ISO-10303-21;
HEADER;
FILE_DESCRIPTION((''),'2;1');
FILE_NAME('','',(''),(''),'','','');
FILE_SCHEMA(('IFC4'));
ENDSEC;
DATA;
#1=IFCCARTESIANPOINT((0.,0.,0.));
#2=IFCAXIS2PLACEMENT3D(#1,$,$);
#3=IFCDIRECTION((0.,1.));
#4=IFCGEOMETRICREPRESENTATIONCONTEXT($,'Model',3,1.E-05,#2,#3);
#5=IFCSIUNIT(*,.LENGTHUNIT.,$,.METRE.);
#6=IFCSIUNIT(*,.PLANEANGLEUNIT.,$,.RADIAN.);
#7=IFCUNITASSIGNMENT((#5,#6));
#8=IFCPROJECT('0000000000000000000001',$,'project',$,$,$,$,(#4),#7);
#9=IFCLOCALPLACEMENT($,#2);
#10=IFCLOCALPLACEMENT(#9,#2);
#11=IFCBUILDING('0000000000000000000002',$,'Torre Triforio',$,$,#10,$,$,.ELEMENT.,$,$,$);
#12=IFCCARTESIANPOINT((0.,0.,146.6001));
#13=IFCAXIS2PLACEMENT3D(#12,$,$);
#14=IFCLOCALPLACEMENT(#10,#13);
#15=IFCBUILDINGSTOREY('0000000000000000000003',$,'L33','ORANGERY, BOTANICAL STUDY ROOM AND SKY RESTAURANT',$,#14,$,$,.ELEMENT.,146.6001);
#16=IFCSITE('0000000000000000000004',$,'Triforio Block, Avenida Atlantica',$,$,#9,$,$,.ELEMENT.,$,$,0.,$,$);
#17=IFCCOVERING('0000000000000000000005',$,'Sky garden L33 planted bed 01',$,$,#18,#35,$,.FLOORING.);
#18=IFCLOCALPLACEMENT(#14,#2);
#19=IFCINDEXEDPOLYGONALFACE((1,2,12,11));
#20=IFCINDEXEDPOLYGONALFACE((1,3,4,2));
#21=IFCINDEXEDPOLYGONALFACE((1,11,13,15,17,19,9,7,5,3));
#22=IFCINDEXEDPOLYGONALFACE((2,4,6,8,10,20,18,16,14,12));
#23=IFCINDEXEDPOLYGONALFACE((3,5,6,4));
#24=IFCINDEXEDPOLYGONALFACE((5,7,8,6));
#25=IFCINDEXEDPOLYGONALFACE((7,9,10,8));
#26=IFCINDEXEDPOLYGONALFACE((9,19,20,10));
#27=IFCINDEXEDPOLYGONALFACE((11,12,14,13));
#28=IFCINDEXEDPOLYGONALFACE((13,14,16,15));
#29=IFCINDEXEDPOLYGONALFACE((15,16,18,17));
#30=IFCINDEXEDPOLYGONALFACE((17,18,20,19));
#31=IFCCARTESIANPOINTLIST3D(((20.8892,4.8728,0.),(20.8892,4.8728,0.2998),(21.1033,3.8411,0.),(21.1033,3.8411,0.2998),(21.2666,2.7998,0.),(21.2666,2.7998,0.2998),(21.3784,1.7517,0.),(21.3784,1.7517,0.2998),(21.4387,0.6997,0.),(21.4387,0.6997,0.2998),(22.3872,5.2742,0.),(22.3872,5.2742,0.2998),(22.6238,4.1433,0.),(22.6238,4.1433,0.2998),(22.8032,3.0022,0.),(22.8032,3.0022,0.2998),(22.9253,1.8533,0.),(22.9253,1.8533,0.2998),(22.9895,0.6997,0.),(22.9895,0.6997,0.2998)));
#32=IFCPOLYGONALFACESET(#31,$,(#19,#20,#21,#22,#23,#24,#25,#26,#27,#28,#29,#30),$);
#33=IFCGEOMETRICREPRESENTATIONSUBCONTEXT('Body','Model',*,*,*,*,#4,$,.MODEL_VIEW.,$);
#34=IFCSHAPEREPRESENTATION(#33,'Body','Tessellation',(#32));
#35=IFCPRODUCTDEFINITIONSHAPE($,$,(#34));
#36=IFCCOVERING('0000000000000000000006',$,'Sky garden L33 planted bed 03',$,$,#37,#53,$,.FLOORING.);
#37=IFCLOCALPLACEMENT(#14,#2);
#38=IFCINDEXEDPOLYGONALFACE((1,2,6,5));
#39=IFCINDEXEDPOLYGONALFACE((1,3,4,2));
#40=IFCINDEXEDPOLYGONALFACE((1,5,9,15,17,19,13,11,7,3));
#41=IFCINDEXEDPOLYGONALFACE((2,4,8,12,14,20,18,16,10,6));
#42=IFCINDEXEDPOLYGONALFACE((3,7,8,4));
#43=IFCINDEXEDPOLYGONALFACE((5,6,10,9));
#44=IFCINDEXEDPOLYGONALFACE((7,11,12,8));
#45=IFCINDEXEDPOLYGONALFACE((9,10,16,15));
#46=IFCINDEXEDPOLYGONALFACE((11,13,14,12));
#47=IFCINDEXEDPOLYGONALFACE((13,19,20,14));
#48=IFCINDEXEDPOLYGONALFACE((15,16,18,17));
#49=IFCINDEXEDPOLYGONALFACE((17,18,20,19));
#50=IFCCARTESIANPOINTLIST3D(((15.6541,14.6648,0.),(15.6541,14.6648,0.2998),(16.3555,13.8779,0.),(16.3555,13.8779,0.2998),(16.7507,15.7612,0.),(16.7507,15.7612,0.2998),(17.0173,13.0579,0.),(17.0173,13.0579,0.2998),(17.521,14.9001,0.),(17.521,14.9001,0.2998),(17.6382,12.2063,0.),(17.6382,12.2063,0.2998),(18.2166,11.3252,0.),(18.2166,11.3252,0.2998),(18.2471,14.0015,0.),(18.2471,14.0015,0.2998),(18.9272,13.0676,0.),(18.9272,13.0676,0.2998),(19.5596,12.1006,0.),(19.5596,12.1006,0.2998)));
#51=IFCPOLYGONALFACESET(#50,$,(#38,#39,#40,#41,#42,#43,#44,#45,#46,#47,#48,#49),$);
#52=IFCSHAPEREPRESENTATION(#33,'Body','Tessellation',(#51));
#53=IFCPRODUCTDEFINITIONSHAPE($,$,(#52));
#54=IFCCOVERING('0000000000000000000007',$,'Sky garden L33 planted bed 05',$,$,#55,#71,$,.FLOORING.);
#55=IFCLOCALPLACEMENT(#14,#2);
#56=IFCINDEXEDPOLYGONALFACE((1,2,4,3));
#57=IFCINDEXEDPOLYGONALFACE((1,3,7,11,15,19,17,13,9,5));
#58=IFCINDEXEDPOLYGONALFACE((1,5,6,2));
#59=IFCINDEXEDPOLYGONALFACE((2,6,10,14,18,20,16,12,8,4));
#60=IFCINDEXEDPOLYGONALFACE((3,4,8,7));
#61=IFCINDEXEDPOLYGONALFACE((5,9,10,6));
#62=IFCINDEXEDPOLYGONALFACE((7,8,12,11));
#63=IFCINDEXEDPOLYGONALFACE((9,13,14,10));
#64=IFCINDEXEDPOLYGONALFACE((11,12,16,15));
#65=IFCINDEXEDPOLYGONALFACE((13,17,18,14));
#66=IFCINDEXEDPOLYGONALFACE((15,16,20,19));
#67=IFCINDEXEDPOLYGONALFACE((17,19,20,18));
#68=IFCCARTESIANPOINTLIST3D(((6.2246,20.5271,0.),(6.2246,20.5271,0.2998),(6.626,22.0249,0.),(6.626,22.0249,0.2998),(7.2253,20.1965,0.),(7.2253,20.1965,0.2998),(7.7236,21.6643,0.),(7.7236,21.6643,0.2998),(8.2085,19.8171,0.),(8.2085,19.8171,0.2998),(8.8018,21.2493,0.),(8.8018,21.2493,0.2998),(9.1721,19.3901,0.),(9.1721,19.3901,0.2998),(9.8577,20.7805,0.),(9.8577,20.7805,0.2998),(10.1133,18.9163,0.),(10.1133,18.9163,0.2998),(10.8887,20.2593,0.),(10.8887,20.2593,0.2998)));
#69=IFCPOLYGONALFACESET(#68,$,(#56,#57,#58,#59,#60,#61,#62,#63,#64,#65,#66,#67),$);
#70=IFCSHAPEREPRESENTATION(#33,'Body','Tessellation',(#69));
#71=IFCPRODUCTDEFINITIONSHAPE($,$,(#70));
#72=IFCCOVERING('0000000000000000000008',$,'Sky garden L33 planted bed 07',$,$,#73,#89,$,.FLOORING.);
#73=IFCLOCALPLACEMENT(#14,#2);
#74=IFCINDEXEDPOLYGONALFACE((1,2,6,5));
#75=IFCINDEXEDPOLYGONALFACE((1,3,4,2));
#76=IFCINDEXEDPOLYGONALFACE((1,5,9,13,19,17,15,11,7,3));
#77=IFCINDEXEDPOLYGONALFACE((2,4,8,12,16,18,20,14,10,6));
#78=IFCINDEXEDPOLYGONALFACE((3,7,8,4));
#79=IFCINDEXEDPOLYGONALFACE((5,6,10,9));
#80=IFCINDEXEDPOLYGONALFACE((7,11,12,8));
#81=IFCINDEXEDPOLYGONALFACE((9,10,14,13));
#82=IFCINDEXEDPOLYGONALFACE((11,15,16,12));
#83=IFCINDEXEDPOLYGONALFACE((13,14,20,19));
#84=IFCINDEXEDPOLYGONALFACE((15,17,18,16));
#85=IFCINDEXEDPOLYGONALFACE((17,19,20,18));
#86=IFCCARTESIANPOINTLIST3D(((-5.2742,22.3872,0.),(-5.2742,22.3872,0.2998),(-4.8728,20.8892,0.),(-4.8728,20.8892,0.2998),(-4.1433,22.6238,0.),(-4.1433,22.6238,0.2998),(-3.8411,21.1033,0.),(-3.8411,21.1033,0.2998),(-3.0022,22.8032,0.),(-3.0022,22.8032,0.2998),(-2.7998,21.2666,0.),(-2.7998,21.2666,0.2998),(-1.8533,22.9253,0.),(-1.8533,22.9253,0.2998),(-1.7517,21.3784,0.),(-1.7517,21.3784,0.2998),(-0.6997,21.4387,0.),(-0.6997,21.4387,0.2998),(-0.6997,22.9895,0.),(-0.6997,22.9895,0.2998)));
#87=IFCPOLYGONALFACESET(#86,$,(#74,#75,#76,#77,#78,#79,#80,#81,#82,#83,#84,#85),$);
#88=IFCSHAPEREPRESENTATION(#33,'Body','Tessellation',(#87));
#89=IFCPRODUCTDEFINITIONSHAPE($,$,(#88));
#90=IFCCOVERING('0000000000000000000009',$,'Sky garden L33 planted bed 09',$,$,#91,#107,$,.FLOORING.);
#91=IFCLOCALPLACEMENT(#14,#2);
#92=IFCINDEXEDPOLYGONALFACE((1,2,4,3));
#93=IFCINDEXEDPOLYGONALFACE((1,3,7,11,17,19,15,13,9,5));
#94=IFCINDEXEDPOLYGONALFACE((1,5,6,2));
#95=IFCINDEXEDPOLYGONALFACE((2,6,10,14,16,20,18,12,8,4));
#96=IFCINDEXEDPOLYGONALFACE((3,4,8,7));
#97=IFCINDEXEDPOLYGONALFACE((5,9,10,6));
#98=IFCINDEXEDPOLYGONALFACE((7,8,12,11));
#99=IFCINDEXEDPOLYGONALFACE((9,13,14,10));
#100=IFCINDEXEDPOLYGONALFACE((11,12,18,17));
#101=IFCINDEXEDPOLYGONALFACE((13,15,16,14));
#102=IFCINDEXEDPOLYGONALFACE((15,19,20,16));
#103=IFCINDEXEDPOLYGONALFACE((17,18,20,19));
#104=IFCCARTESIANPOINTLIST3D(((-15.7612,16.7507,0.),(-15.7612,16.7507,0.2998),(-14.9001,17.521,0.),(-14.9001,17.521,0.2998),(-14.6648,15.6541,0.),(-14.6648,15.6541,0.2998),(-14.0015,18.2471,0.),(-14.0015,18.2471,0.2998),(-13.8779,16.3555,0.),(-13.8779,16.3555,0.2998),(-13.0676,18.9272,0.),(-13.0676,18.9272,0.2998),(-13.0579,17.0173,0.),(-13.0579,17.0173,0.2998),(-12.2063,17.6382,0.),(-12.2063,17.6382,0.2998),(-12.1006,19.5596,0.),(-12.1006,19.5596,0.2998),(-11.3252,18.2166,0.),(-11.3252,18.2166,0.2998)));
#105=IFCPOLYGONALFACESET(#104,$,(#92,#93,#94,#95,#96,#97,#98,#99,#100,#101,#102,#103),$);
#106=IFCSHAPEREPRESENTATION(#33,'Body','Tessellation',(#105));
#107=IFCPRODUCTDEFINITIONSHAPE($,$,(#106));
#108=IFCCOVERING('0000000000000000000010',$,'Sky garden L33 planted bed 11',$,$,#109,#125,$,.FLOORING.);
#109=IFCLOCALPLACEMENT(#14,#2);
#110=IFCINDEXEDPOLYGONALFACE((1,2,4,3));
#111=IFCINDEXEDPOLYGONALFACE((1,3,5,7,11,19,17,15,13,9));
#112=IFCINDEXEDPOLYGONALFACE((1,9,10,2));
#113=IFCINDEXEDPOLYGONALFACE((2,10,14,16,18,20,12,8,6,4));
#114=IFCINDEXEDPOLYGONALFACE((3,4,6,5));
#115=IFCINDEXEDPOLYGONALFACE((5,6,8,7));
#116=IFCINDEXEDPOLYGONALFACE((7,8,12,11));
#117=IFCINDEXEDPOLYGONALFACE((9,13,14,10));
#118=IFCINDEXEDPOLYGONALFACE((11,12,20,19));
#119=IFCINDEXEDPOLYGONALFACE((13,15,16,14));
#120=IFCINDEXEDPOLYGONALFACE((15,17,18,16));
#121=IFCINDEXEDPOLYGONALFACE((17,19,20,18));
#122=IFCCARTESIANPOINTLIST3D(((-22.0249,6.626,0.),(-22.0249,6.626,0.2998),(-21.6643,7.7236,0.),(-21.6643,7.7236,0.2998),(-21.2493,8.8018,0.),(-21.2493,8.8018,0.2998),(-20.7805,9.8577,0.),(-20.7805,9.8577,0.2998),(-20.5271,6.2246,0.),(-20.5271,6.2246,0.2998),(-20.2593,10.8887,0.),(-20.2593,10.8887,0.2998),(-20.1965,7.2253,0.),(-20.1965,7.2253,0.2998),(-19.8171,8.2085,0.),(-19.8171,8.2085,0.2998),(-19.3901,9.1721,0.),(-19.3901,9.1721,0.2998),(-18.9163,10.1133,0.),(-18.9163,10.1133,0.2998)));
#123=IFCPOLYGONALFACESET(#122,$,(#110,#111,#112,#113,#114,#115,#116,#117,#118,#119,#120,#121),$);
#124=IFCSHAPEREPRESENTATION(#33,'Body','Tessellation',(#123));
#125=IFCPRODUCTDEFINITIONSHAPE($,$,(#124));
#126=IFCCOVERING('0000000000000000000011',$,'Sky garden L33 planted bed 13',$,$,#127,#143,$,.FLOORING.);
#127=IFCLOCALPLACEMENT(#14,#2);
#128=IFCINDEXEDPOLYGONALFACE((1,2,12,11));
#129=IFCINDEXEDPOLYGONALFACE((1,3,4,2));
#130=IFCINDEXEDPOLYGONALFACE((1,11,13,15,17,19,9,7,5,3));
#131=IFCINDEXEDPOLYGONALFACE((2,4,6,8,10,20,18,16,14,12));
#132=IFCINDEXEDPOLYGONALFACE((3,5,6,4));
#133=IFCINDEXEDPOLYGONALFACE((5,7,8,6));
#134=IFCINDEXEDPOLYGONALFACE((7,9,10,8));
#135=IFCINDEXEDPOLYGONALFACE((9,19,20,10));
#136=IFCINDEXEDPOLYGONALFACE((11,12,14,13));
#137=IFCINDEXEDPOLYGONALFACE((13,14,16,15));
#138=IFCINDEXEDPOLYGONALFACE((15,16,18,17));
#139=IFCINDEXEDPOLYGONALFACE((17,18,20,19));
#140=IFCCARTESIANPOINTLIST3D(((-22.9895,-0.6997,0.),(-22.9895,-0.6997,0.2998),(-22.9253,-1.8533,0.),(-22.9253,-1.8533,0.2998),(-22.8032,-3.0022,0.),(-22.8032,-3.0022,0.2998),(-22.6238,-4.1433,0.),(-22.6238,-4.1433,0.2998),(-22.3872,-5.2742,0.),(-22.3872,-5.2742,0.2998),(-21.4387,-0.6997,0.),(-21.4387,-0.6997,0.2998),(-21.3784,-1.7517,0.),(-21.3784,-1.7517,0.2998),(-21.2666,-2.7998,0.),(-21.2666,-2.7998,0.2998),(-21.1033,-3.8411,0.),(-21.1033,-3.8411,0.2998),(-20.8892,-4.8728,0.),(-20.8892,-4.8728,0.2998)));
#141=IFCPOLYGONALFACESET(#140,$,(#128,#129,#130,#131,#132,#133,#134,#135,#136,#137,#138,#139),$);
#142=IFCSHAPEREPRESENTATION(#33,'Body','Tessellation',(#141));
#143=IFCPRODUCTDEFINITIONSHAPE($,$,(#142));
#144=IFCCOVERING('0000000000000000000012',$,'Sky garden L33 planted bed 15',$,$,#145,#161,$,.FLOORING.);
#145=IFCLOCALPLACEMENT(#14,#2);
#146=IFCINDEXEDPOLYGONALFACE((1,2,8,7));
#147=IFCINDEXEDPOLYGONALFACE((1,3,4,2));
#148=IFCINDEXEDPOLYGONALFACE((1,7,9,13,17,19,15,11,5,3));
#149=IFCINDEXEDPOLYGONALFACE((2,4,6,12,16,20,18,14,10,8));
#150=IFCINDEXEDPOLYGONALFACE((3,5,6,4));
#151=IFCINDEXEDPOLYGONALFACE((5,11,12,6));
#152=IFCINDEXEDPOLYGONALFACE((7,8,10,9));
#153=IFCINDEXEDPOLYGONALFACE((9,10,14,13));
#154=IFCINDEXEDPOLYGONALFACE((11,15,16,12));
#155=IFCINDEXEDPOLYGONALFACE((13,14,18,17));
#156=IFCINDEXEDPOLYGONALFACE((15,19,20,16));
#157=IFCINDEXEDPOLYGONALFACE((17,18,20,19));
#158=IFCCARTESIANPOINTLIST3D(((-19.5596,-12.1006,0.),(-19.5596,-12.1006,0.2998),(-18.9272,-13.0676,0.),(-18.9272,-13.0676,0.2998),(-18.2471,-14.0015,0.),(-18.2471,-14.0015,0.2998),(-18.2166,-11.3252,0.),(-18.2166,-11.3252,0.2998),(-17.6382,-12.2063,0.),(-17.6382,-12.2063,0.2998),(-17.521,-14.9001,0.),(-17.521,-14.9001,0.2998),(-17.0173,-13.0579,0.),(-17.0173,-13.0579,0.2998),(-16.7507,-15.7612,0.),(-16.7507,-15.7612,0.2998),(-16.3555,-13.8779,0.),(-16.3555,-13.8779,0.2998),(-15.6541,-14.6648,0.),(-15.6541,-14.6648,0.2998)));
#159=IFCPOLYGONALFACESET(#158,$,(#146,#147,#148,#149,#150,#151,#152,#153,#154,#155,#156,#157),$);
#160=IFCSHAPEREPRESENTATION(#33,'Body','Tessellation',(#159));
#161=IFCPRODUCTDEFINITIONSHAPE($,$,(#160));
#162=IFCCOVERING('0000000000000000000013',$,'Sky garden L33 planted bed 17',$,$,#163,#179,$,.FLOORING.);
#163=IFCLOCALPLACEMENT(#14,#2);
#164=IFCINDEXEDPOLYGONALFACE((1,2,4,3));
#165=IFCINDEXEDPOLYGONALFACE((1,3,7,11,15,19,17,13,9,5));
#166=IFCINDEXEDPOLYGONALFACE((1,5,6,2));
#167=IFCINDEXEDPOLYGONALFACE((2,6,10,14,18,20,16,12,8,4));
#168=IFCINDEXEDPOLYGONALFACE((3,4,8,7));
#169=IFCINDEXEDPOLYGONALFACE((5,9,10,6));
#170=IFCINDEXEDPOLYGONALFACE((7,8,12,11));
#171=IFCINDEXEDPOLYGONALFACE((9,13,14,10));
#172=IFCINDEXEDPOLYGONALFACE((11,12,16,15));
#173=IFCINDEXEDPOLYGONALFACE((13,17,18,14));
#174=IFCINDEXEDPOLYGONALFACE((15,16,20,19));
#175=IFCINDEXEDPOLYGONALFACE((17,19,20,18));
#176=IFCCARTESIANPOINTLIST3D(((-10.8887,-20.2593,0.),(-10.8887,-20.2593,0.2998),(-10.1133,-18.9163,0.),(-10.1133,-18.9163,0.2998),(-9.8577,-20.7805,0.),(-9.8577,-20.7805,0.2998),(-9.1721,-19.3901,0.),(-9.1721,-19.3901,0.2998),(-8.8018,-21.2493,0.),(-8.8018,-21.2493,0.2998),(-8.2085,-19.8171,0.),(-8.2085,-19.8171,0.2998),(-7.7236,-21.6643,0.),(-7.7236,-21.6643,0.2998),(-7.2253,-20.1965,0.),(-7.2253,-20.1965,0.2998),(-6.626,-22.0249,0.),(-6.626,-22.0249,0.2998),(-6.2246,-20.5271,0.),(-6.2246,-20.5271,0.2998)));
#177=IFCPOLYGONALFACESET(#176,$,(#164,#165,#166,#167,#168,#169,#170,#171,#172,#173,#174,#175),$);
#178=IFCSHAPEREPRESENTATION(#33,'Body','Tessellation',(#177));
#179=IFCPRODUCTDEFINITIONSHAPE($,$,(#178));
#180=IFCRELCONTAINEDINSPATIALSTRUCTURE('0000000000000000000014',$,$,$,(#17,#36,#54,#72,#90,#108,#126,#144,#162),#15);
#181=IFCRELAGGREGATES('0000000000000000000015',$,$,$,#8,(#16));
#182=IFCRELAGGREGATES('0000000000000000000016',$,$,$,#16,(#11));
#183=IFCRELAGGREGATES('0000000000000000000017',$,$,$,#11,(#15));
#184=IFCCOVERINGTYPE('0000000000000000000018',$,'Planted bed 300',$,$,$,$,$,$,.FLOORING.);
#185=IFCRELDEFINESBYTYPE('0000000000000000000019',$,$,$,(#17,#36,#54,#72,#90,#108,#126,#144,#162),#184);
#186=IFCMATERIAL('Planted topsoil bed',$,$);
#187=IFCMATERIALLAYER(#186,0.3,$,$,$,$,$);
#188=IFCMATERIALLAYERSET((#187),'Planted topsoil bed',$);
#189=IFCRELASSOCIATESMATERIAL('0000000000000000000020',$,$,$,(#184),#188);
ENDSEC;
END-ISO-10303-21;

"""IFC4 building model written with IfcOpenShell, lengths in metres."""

from ifc_helpers import new_model, si_unit, direction, frame, origin, place, context, subcontext, project, spatial, polyline, outline, extrude, material, layer, layer_set, type_object, element, save


model = new_model("IFC4")

# Units and contexts
model_context = context("Model", 3, precision=1e-05, world=origin(), true_north=direction((0.0, 1.0)))
body_context = subcontext(model_context, "Body", "Model", "MODEL_VIEW")
ifc_project = project(units=[si_unit("LENGTHUNIT", "METRE"), si_unit("PLANEANGLEUNIT", "RADIAN")], contexts=[model_context])

# Site, building, storey
site_placement = place(None, origin())
site = spatial("IfcSite", under=ifc_project, at=site_placement, Name="Triforio Block, Avenida Atlantica", CompositionType="ELEMENT", RefElevation=0.0)
building_placement = place(site_placement, origin())
building = spatial("IfcBuilding", under=site, at=building_placement, Name="Torre Triforio", CompositionType="ELEMENT")
storey_placement = place(building_placement, frame((0.0, 0.0, 146.6001)))
storey = spatial("IfcBuildingStorey", under=building, at=storey_placement, Name="L33", Description="ORANGERY, BOTANICAL STUDY ROOM AND SKY RESTAURANT", CompositionType="ELEMENT", Elevation=146.6001)

# Coverings
ifc_material = material(Name="Planted topsoil bed")
ifc_layer_1 = layer(ifc_material, 0.3)
ifc_layer_set_1 = layer_set([ifc_layer_1], Name="Planted topsoil bed")
covering_type_1 = type_object("IfcCoveringType", Name="Planted bed 300", PredefinedType="FLOORING", material=ifc_layer_set_1)
covering_1_placement = place(storey_placement, origin())
element("IfcCovering", 1, at=covering_1_placement, inside=storey, type_object=covering_type_1, Name="Sky garden L33 planted bed 01", PredefinedType="FLOORING", context=body_context, shape_type="SweptSolid", body=[
    extrude(outline(polyline([(21.4387, 0.6997), (21.3784, 1.7517), (21.2666, 2.7998), (21.1033, 3.8411), (20.8892, 4.8728), (22.3872, 5.2742), (22.6238, 4.1433), (22.8032, 3.0022), (22.9253, 1.8533), (22.9895, 0.6997), (21.4387, 0.6997)])), origin(), (0.0, 0.0, 1.0), 0.2998),
])
covering_2_placement = place(storey_placement, origin())
element("IfcCovering", 2, at=covering_2_placement, inside=storey, type_object=covering_type_1, Name="Sky garden L33 planted bed 03", PredefinedType="FLOORING", context=body_context, shape_type="SweptSolid", body=[
    extrude(outline(polyline([(18.2166, 11.3252), (17.6382, 12.2063), (17.0173, 13.0579), (16.3555, 13.8779), (15.6541, 14.6648), (16.7507, 15.7612), (17.521, 14.9001), (18.2471, 14.0015), (18.9272, 13.0676), (19.5596, 12.1006), (18.2166, 11.3252)])), origin(), (0.0, 0.0, 1.0), 0.2998),
])
covering_3_placement = place(storey_placement, origin())
element("IfcCovering", 3, at=covering_3_placement, inside=storey, type_object=covering_type_1, Name="Sky garden L33 planted bed 05", PredefinedType="FLOORING", context=body_context, shape_type="SweptSolid", body=[
    extrude(outline(polyline([(10.1133, 18.9163), (9.1721, 19.3901), (8.2085, 19.8171), (7.2253, 20.1965), (6.2246, 20.5271), (6.626, 22.0249), (7.7236, 21.6643), (8.8018, 21.2493), (9.8577, 20.7805), (10.8887, 20.2593), (10.1133, 18.9163)])), origin(), (0.0, 0.0, 1.0), 0.2998),
])
covering_4_placement = place(storey_placement, origin())
element("IfcCovering", 4, at=covering_4_placement, inside=storey, type_object=covering_type_1, Name="Sky garden L33 planted bed 07", PredefinedType="FLOORING", context=body_context, shape_type="SweptSolid", body=[
    extrude(outline(polyline([(-0.6997, 21.4387), (-1.7517, 21.3784), (-2.7998, 21.2666), (-3.8411, 21.1033), (-4.8728, 20.8892), (-5.2742, 22.3872), (-4.1433, 22.6238), (-3.0022, 22.8032), (-1.8533, 22.9253), (-0.6997, 22.9895), (-0.6997, 21.4387)])), origin(), (0.0, 0.0, 1.0), 0.2998),
])
covering_5_placement = place(storey_placement, origin())
element("IfcCovering", 5, at=covering_5_placement, inside=storey, type_object=covering_type_1, Name="Sky garden L33 planted bed 09", PredefinedType="FLOORING", context=body_context, shape_type="SweptSolid", body=[
    extrude(outline(polyline([(-11.3252, 18.2166), (-12.2063, 17.6382), (-13.0579, 17.0173), (-13.8779, 16.3555), (-14.6648, 15.6541), (-15.7612, 16.7507), (-14.9001, 17.521), (-14.0015, 18.2471), (-13.0676, 18.9272), (-12.1006, 19.5596), (-11.3252, 18.2166)])), origin(), (0.0, 0.0, 1.0), 0.2998),
])
covering_6_placement = place(storey_placement, origin())
element("IfcCovering", 6, at=covering_6_placement, inside=storey, type_object=covering_type_1, Name="Sky garden L33 planted bed 11", PredefinedType="FLOORING", context=body_context, shape_type="SweptSolid", body=[
    extrude(outline(polyline([(-18.9163, 10.1133), (-19.3901, 9.1721), (-19.8171, 8.2085), (-20.1965, 7.2253), (-20.5271, 6.2246), (-22.0249, 6.626), (-21.6643, 7.7236), (-21.2493, 8.8018), (-20.7805, 9.8577), (-20.2593, 10.8887), (-18.9163, 10.1133)])), origin(), (0.0, 0.0, 1.0), 0.2998),
])
covering_7_placement = place(storey_placement, origin())
element("IfcCovering", 7, at=covering_7_placement, inside=storey, type_object=covering_type_1, Name="Sky garden L33 planted bed 13", PredefinedType="FLOORING", context=body_context, shape_type="SweptSolid", body=[
    extrude(outline(polyline([(-21.4387, -0.6997), (-21.3784, -1.7517), (-21.2666, -2.7998), (-21.1033, -3.8411), (-20.8892, -4.8728), (-22.3872, -5.2742), (-22.6238, -4.1433), (-22.8032, -3.0022), (-22.9253, -1.8533), (-22.9895, -0.6997), (-21.4387, -0.6997)])), origin(), (0.0, 0.0, 1.0), 0.2998),
])
covering_8_placement = place(storey_placement, origin())
element("IfcCovering", 8, at=covering_8_placement, inside=storey, type_object=covering_type_1, Name="Sky garden L33 planted bed 15", PredefinedType="FLOORING", context=body_context, shape_type="SweptSolid", body=[
    extrude(outline(polyline([(-18.2166, -11.3252), (-17.6382, -12.2063), (-17.0173, -13.0579), (-16.3555, -13.8779), (-15.6541, -14.6648), (-16.7507, -15.7612), (-17.521, -14.9001), (-18.2471, -14.0015), (-18.9272, -13.0676), (-19.5596, -12.1006), (-18.2166, -11.3252)])), origin(), (0.0, 0.0, 1.0), 0.2998),
])
covering_9_placement = place(storey_placement, origin())
element("IfcCovering", 9, at=covering_9_placement, inside=storey, type_object=covering_type_1, Name="Sky garden L33 planted bed 17", PredefinedType="FLOORING", context=body_context, shape_type="SweptSolid", body=[
    extrude(outline(polyline([(-10.1133, -18.9163), (-9.1721, -19.3901), (-8.2085, -19.8171), (-7.2253, -20.1965), (-6.2246, -20.5271), (-6.626, -22.0249), (-7.7236, -21.6643), (-8.8018, -21.2493), (-9.8577, -20.7805), (-10.8887, -20.2593), (-10.1133, -18.9163)])), origin(), (0.0, 0.0, 1.0), 0.2998),
])

save(model, "model.ifc")
